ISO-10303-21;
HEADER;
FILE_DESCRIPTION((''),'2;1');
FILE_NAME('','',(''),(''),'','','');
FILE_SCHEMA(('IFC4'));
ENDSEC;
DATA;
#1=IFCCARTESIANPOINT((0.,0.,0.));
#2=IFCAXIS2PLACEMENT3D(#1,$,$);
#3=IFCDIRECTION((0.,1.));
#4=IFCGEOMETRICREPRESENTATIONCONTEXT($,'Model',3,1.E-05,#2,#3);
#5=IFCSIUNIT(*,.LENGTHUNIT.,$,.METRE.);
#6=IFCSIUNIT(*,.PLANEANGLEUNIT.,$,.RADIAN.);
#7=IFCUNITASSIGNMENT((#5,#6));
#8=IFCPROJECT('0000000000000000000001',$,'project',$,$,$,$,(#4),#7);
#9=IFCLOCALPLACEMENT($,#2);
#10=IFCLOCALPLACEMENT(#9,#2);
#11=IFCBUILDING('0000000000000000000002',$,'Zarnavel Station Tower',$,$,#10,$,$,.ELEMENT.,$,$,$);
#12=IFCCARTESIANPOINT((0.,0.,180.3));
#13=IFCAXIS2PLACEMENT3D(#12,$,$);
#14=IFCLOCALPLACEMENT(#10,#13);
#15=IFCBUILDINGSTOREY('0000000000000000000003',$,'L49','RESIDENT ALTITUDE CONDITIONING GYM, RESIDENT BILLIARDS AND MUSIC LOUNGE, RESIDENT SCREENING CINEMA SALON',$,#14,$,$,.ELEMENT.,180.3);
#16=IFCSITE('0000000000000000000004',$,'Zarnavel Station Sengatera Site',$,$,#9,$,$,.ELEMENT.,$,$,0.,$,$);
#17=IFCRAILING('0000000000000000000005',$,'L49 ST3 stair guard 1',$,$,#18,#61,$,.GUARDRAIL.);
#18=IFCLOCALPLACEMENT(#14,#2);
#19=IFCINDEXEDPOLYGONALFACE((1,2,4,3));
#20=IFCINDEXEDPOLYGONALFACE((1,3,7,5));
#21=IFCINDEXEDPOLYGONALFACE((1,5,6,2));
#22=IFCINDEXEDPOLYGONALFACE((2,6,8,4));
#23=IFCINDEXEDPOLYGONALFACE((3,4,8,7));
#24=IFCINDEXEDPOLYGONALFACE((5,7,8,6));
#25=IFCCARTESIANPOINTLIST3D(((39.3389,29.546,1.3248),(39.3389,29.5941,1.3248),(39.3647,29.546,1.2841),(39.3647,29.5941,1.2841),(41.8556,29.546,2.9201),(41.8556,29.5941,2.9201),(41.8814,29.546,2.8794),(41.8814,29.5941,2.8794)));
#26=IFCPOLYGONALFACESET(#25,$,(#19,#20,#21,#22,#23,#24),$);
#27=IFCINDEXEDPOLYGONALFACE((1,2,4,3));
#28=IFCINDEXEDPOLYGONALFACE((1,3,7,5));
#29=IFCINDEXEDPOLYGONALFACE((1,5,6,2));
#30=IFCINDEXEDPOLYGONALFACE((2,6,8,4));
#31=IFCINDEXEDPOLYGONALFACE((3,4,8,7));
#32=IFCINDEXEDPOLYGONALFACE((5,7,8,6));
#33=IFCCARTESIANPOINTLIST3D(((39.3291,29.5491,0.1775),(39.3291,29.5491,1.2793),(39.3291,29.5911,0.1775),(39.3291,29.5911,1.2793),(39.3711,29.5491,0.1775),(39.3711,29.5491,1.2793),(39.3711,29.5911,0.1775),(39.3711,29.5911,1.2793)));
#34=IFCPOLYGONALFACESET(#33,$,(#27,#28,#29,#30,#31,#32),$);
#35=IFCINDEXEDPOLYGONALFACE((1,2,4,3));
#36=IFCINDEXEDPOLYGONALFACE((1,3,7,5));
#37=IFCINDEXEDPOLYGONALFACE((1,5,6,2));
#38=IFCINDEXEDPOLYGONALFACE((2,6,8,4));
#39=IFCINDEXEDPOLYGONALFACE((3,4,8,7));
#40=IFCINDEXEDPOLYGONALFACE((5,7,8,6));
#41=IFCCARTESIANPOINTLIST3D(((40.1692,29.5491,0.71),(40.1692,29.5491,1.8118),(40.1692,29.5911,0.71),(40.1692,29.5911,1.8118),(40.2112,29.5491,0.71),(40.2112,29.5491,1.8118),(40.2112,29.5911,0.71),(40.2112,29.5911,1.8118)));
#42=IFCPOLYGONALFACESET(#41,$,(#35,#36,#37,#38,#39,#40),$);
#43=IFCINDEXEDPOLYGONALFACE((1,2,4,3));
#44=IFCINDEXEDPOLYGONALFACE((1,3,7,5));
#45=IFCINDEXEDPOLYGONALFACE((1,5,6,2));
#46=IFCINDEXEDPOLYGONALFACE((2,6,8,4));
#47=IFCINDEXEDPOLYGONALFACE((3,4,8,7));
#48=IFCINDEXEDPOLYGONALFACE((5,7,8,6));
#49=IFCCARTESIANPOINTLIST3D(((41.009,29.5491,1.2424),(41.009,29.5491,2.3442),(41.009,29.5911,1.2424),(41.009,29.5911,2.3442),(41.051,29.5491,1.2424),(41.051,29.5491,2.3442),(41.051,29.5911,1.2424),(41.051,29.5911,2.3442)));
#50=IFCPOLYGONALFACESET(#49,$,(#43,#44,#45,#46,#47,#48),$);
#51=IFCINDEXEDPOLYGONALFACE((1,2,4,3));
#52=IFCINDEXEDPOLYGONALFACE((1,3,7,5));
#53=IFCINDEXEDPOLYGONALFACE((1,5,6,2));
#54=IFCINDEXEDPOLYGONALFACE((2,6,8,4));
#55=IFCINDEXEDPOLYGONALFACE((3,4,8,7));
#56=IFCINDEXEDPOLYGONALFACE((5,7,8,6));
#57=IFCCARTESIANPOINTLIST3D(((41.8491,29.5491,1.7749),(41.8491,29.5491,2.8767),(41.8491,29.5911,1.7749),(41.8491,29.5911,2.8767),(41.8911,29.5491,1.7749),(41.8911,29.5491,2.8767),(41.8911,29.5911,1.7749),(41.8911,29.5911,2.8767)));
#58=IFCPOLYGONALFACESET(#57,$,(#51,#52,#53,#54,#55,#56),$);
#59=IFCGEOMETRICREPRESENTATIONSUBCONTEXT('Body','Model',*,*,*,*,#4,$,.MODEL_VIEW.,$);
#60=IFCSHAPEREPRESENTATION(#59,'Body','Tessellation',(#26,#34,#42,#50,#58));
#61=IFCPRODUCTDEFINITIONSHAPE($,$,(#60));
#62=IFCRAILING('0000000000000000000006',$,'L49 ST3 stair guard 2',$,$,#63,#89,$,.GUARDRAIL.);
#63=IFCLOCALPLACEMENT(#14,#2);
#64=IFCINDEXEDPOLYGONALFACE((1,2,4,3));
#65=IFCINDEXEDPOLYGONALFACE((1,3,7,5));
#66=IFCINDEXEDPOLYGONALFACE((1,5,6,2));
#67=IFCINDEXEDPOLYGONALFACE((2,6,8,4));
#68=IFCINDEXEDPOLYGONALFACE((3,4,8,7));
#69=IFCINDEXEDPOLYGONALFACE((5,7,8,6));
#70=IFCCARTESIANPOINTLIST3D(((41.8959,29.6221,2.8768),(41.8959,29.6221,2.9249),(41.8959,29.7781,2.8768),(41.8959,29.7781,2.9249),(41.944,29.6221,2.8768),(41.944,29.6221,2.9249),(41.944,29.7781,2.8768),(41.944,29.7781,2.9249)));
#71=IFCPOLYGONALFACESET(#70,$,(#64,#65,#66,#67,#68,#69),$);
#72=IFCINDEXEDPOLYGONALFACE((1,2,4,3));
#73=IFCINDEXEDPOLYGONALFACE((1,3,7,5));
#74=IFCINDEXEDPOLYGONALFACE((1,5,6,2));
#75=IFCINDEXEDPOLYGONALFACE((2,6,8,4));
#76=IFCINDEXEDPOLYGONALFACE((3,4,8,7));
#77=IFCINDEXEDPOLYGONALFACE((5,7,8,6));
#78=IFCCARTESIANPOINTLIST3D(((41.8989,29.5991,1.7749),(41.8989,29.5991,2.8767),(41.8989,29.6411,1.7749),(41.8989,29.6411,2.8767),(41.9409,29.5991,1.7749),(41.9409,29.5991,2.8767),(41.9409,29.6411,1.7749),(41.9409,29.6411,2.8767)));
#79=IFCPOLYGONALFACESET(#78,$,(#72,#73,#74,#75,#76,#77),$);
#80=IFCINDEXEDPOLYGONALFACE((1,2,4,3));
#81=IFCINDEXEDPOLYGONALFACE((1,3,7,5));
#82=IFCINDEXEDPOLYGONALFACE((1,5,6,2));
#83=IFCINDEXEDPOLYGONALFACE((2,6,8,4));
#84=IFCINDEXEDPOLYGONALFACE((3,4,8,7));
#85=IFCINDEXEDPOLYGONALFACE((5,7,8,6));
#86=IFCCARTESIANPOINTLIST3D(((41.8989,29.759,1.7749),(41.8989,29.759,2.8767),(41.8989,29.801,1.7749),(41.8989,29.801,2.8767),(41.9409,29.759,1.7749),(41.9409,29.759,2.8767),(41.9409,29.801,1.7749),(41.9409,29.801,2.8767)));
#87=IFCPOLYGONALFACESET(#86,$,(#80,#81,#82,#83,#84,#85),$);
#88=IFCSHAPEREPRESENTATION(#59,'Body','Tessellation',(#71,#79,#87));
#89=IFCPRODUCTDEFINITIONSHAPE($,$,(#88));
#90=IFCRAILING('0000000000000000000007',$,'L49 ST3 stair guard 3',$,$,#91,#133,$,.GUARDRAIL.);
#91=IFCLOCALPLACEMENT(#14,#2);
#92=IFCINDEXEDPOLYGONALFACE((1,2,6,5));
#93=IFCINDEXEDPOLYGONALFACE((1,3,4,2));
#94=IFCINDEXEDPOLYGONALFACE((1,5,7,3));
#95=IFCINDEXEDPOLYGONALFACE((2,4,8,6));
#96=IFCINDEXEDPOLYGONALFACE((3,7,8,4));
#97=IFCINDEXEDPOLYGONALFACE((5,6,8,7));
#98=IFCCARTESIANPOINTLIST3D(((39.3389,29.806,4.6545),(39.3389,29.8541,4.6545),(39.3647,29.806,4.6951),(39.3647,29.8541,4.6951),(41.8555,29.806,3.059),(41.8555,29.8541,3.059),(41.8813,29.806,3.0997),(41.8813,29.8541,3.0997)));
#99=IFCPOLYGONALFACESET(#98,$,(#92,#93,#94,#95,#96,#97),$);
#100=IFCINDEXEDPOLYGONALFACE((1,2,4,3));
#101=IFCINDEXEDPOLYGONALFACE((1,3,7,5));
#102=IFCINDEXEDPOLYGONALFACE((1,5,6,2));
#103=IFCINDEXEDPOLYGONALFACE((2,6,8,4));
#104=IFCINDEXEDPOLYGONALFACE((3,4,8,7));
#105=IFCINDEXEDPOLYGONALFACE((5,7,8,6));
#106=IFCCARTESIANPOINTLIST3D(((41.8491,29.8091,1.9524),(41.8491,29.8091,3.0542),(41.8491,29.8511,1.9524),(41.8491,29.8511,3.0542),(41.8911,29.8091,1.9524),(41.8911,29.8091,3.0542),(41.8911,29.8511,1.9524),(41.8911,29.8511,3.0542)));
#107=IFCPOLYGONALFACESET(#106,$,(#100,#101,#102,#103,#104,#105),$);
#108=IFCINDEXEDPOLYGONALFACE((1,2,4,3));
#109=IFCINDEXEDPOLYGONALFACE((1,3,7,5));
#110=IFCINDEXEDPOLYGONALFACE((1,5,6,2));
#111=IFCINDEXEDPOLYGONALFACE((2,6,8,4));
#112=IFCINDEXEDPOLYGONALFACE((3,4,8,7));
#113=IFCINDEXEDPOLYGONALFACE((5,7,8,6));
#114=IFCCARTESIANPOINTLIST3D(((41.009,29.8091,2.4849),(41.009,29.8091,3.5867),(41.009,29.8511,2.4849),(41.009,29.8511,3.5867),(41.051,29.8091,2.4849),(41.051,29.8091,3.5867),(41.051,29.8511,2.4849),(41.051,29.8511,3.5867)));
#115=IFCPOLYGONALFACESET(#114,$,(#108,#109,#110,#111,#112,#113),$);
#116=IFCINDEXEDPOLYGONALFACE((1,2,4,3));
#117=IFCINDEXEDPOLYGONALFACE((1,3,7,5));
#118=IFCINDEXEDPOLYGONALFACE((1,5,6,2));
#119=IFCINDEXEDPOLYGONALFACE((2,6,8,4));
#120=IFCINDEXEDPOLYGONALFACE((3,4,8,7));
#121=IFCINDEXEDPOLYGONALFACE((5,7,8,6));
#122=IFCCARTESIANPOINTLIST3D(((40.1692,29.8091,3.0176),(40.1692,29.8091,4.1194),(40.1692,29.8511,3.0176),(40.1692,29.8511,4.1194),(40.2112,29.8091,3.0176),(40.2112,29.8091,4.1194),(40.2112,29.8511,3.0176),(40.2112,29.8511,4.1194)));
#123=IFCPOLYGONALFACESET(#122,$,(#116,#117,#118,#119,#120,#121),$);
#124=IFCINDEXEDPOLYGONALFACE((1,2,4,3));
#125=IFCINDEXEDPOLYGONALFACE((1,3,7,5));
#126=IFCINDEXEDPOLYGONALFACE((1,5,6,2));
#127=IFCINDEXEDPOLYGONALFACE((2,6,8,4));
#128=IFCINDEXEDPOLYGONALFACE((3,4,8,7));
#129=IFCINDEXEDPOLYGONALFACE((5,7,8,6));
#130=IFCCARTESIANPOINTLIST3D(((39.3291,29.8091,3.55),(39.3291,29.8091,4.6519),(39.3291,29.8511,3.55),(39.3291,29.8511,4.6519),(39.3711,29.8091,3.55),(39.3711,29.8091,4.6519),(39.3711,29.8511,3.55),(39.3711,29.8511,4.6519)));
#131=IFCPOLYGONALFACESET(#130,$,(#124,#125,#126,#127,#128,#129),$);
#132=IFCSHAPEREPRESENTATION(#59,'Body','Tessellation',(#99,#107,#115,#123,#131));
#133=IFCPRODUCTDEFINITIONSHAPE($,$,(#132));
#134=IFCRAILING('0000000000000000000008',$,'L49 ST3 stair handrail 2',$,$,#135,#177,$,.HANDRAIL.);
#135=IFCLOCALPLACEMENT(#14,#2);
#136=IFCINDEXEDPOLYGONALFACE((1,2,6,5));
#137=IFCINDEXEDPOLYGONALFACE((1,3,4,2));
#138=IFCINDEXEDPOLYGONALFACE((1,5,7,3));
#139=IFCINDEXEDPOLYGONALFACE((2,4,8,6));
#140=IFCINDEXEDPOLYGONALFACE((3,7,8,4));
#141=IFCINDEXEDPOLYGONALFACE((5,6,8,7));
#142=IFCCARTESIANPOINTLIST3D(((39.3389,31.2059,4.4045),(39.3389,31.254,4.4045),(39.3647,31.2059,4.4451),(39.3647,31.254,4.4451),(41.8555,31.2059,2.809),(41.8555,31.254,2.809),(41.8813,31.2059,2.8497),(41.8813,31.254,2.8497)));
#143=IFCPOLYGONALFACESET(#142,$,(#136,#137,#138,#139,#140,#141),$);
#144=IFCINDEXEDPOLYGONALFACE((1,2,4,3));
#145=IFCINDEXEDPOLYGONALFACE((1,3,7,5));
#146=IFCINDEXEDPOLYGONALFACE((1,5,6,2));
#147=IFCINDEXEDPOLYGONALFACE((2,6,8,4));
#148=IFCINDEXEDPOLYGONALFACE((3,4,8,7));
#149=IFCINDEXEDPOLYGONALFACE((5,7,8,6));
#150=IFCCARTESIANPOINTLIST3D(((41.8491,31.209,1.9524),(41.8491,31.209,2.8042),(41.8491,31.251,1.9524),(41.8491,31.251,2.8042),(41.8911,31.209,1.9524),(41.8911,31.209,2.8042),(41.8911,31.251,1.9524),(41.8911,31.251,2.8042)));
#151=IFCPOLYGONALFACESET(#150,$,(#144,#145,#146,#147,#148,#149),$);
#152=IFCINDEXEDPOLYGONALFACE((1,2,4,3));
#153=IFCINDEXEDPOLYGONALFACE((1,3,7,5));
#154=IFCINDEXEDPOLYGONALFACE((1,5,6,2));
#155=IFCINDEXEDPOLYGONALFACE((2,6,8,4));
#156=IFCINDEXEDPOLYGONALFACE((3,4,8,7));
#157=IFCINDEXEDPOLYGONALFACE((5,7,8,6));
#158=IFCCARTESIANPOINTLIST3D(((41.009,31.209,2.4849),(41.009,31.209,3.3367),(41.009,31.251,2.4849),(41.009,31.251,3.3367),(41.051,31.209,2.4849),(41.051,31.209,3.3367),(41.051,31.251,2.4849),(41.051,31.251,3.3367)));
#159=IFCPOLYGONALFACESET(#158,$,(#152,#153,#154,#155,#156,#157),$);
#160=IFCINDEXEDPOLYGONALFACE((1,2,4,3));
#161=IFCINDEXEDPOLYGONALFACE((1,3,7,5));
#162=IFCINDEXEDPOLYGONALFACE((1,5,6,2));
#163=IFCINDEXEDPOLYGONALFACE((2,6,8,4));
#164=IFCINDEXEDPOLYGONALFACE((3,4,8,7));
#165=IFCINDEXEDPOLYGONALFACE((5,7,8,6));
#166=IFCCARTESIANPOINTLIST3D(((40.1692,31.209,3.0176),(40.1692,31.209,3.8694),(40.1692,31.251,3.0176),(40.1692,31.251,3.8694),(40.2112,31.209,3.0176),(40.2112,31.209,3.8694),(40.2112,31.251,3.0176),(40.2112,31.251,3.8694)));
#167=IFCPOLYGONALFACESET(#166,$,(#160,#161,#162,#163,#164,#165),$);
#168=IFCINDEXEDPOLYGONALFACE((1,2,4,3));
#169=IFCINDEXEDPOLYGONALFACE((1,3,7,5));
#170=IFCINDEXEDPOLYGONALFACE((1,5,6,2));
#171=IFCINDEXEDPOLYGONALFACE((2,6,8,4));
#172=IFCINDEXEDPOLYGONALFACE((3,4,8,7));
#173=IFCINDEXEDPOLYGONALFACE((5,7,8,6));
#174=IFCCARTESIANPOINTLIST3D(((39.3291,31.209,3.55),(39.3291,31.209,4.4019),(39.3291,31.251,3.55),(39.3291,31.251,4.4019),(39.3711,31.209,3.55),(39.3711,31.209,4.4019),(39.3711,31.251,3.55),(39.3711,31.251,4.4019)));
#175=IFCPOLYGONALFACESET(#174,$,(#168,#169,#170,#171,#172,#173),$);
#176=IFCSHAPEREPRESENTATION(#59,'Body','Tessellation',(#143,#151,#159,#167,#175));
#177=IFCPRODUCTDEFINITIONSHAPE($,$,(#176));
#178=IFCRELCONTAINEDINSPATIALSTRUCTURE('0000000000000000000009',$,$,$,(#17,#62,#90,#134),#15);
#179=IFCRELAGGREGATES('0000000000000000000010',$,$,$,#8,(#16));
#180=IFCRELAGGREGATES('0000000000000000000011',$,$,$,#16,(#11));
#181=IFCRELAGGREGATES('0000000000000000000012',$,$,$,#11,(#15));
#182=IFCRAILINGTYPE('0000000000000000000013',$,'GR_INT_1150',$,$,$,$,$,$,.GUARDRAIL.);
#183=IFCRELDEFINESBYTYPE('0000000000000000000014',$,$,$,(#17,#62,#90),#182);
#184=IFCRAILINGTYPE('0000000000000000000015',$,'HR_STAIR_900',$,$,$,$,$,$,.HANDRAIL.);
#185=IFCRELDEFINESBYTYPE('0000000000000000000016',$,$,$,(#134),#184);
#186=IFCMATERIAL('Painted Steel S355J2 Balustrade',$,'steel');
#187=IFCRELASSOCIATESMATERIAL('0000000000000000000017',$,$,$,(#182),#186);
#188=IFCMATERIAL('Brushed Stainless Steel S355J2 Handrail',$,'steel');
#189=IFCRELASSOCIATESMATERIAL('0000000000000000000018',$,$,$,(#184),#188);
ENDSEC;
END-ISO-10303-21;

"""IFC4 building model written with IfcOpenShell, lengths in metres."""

from ifc_helpers import new_model, si_unit, direction, frame, origin, origin_2d, place, context, subcontext, project, spatial, rectangle, extrude, material, type_object, element, save


model = new_model("IFC4")

# Units and contexts
model_context = context("Model", 3, precision=1e-05, world=origin(), true_north=direction((0.0, 1.0)))
body_context = subcontext(model_context, "Body", "Model", "MODEL_VIEW")
ifc_project = project(units=[si_unit("LENGTHUNIT", "METRE"), si_unit("PLANEANGLEUNIT", "RADIAN")], contexts=[model_context])

# Site, building, storey
site_placement = place(None, origin())
site = spatial("IfcSite", under=ifc_project, at=site_placement, Name="Zarnavel Station Sengatera Site", CompositionType="ELEMENT", RefElevation=0.0)
building_placement = place(site_placement, origin())
building = spatial("IfcBuilding", under=site, at=building_placement, Name="Zarnavel Station Tower", CompositionType="ELEMENT")
storey_placement = place(building_placement, frame((0.0, 0.0, 180.3)))
storey = spatial("IfcBuildingStorey", under=building, at=storey_placement, Name="L49", Description="RESIDENT ALTITUDE CONDITIONING GYM, RESIDENT BILLIARDS AND MUSIC LOUNGE, RESIDENT SCREENING CINEMA SALON", CompositionType="ELEMENT", Elevation=180.3)

# Railings
ifc_material_1 = material(Name="Painted Steel S355J2 Balustrade", Category="steel")
railing_type_1 = type_object("IfcRailingType", Name="GR_INT_1150", PredefinedType="GUARDRAIL", material=ifc_material_1)
railing_1_placement = place(storey_placement, frame((39.3501, 29.5701, 0.1775)))
element("IfcRailing", 1, at=railing_1_placement, inside=storey, type_object=railing_type_1, Name="L49 ST3 stair guard 1", PredefinedType="GUARDRAIL", context=body_context, shape_type="SweptSolid", body=[
    extrude(rectangle(XDim=0.0481, YDim=0.0481, at=origin_2d()), frame((0.0017, 0.0, 1.127), z_axis=(0.844607, 0.0, 0.535387), x_axis=(0.0, 1.0, 0.0)), (0.0, 0.0, 1.0), 2.9797),
    extrude(rectangle(XDim=0.042, YDim=0.042, at=origin_2d()), origin(), (0.0, 0.0, 1.0), 1.1018),
    extrude(rectangle(XDim=0.042, YDim=0.042, at=origin_2d()), frame((0.8401, 0.0, 0.5325)), (0.0, 0.0, 1.0), 1.1018),
    extrude(rectangle(XDim=0.042, YDim=0.042, at=origin_2d()), frame((1.6799, 0.0, 1.0649)), (0.0, 0.0, 1.0), 1.1018),
    extrude(rectangle(XDim=0.042, YDim=0.042, at=origin_2d()), frame((2.52, 0.0, 1.5974)), (0.0, 0.0, 1.0), 1.1018),
])
railing_2_placement = place(storey_placement, frame((41.9199, 29.6201, 1.7749)))
element("IfcRailing", 2, at=railing_2_placement, inside=storey, type_object=railing_type_1, Name="L49 ST3 stair guard 2", PredefinedType="GUARDRAIL", context=body_context, shape_type="SweptSolid", body=[
    extrude(rectangle(XDim=0.0481, YDim=0.0481, at=origin_2d()), frame((0.0, 0.002, 1.126), z_axis=(0.0, 1.0, 0.0), x_axis=(-1.0, 0.0, 0.0)), (0.0, 0.0, 1.0), 0.156),
    extrude(rectangle(XDim=0.042, YDim=0.042, at=origin_2d()), origin(), (0.0, 0.0, 1.0), 1.1018),
    extrude(rectangle(XDim=0.042, YDim=0.042, at=origin_2d()), frame((0.0, 0.1599, 0.0)), (0.0, 0.0, 1.0), 1.1018),
])
railing_3_placement = place(storey_placement, frame((41.8701, 29.8301, 1.9524)))
element("IfcRailing", 3, at=railing_3_placement, inside=storey, type_object=railing_type_1, Name="L49 ST3 stair guard 3", PredefinedType="GUARDRAIL", context=body_context, shape_type="SweptSolid", body=[
    extrude(rectangle(XDim=0.0481, YDim=0.0481, at=origin_2d()), frame((-0.0017, 0.0, 1.127), z_axis=(-0.84457, 0.0, 0.535445), x_axis=(0.0, -1.0, 0.0)), (0.0, 0.0, 1.0), 2.9797),
    extrude(rectangle(XDim=0.042, YDim=0.042, at=origin_2d()), origin(), (0.0, 0.0, 1.0), 1.1018),
    extrude(rectangle(XDim=0.042, YDim=0.042, at=origin_2d()), frame((-0.8401, 0.0, 0.5325)), (0.0, 0.0, 1.0), 1.1018),
    extrude(rectangle(XDim=0.042, YDim=0.042, at=origin_2d()), frame((-1.6799, 0.0, 1.0652)), (0.0, 0.0, 1.0), 1.1018),
    extrude(rectangle(XDim=0.042, YDim=0.042, at=origin_2d()), frame((-2.52, 0.0, 1.5977)), (0.0, 0.0, 1.0), 1.1018),
])
ifc_material_2 = material(Name="Brushed Stainless Steel S355J2 Handrail", Category="steel")
railing_type_2 = type_object("IfcRailingType", Name="HR_STAIR_900", PredefinedType="HANDRAIL", material=ifc_material_2)
railing_4_placement = place(storey_placement, frame((41.8701, 31.23, 1.9524)))
element("IfcRailing", 4, at=railing_4_placement, inside=storey, type_object=railing_type_2, Name="L49 ST3 stair handrail 2", PredefinedType="HANDRAIL", context=body_context, shape_type="SweptSolid", body=[
    extrude(rectangle(XDim=0.0481, YDim=0.0481, at=origin_2d()), frame((-0.0017, 0.0, 0.877), z_axis=(-0.84457, 0.0, 0.535445), x_axis=(0.0, -1.0, 0.0)), (0.0, 0.0, 1.0), 2.9797),
    extrude(rectangle(XDim=0.042, YDim=0.042, at=origin_2d()), origin(), (0.0, 0.0, 1.0), 0.8518),
    extrude(rectangle(XDim=0.042, YDim=0.042, at=origin_2d()), frame((-0.8401, 0.0, 0.5325)), (0.0, 0.0, 1.0), 0.8518),
    extrude(rectangle(XDim=0.042, YDim=0.042, at=origin_2d()), frame((-1.6799, 0.0, 1.0652)), (0.0, 0.0, 1.0), 0.8518),
    extrude(rectangle(XDim=0.042, YDim=0.042, at=origin_2d()), frame((-2.52, 0.0, 1.5977)), (0.0, 0.0, 1.0), 0.8518),
])

save(model, "model.ifc")
